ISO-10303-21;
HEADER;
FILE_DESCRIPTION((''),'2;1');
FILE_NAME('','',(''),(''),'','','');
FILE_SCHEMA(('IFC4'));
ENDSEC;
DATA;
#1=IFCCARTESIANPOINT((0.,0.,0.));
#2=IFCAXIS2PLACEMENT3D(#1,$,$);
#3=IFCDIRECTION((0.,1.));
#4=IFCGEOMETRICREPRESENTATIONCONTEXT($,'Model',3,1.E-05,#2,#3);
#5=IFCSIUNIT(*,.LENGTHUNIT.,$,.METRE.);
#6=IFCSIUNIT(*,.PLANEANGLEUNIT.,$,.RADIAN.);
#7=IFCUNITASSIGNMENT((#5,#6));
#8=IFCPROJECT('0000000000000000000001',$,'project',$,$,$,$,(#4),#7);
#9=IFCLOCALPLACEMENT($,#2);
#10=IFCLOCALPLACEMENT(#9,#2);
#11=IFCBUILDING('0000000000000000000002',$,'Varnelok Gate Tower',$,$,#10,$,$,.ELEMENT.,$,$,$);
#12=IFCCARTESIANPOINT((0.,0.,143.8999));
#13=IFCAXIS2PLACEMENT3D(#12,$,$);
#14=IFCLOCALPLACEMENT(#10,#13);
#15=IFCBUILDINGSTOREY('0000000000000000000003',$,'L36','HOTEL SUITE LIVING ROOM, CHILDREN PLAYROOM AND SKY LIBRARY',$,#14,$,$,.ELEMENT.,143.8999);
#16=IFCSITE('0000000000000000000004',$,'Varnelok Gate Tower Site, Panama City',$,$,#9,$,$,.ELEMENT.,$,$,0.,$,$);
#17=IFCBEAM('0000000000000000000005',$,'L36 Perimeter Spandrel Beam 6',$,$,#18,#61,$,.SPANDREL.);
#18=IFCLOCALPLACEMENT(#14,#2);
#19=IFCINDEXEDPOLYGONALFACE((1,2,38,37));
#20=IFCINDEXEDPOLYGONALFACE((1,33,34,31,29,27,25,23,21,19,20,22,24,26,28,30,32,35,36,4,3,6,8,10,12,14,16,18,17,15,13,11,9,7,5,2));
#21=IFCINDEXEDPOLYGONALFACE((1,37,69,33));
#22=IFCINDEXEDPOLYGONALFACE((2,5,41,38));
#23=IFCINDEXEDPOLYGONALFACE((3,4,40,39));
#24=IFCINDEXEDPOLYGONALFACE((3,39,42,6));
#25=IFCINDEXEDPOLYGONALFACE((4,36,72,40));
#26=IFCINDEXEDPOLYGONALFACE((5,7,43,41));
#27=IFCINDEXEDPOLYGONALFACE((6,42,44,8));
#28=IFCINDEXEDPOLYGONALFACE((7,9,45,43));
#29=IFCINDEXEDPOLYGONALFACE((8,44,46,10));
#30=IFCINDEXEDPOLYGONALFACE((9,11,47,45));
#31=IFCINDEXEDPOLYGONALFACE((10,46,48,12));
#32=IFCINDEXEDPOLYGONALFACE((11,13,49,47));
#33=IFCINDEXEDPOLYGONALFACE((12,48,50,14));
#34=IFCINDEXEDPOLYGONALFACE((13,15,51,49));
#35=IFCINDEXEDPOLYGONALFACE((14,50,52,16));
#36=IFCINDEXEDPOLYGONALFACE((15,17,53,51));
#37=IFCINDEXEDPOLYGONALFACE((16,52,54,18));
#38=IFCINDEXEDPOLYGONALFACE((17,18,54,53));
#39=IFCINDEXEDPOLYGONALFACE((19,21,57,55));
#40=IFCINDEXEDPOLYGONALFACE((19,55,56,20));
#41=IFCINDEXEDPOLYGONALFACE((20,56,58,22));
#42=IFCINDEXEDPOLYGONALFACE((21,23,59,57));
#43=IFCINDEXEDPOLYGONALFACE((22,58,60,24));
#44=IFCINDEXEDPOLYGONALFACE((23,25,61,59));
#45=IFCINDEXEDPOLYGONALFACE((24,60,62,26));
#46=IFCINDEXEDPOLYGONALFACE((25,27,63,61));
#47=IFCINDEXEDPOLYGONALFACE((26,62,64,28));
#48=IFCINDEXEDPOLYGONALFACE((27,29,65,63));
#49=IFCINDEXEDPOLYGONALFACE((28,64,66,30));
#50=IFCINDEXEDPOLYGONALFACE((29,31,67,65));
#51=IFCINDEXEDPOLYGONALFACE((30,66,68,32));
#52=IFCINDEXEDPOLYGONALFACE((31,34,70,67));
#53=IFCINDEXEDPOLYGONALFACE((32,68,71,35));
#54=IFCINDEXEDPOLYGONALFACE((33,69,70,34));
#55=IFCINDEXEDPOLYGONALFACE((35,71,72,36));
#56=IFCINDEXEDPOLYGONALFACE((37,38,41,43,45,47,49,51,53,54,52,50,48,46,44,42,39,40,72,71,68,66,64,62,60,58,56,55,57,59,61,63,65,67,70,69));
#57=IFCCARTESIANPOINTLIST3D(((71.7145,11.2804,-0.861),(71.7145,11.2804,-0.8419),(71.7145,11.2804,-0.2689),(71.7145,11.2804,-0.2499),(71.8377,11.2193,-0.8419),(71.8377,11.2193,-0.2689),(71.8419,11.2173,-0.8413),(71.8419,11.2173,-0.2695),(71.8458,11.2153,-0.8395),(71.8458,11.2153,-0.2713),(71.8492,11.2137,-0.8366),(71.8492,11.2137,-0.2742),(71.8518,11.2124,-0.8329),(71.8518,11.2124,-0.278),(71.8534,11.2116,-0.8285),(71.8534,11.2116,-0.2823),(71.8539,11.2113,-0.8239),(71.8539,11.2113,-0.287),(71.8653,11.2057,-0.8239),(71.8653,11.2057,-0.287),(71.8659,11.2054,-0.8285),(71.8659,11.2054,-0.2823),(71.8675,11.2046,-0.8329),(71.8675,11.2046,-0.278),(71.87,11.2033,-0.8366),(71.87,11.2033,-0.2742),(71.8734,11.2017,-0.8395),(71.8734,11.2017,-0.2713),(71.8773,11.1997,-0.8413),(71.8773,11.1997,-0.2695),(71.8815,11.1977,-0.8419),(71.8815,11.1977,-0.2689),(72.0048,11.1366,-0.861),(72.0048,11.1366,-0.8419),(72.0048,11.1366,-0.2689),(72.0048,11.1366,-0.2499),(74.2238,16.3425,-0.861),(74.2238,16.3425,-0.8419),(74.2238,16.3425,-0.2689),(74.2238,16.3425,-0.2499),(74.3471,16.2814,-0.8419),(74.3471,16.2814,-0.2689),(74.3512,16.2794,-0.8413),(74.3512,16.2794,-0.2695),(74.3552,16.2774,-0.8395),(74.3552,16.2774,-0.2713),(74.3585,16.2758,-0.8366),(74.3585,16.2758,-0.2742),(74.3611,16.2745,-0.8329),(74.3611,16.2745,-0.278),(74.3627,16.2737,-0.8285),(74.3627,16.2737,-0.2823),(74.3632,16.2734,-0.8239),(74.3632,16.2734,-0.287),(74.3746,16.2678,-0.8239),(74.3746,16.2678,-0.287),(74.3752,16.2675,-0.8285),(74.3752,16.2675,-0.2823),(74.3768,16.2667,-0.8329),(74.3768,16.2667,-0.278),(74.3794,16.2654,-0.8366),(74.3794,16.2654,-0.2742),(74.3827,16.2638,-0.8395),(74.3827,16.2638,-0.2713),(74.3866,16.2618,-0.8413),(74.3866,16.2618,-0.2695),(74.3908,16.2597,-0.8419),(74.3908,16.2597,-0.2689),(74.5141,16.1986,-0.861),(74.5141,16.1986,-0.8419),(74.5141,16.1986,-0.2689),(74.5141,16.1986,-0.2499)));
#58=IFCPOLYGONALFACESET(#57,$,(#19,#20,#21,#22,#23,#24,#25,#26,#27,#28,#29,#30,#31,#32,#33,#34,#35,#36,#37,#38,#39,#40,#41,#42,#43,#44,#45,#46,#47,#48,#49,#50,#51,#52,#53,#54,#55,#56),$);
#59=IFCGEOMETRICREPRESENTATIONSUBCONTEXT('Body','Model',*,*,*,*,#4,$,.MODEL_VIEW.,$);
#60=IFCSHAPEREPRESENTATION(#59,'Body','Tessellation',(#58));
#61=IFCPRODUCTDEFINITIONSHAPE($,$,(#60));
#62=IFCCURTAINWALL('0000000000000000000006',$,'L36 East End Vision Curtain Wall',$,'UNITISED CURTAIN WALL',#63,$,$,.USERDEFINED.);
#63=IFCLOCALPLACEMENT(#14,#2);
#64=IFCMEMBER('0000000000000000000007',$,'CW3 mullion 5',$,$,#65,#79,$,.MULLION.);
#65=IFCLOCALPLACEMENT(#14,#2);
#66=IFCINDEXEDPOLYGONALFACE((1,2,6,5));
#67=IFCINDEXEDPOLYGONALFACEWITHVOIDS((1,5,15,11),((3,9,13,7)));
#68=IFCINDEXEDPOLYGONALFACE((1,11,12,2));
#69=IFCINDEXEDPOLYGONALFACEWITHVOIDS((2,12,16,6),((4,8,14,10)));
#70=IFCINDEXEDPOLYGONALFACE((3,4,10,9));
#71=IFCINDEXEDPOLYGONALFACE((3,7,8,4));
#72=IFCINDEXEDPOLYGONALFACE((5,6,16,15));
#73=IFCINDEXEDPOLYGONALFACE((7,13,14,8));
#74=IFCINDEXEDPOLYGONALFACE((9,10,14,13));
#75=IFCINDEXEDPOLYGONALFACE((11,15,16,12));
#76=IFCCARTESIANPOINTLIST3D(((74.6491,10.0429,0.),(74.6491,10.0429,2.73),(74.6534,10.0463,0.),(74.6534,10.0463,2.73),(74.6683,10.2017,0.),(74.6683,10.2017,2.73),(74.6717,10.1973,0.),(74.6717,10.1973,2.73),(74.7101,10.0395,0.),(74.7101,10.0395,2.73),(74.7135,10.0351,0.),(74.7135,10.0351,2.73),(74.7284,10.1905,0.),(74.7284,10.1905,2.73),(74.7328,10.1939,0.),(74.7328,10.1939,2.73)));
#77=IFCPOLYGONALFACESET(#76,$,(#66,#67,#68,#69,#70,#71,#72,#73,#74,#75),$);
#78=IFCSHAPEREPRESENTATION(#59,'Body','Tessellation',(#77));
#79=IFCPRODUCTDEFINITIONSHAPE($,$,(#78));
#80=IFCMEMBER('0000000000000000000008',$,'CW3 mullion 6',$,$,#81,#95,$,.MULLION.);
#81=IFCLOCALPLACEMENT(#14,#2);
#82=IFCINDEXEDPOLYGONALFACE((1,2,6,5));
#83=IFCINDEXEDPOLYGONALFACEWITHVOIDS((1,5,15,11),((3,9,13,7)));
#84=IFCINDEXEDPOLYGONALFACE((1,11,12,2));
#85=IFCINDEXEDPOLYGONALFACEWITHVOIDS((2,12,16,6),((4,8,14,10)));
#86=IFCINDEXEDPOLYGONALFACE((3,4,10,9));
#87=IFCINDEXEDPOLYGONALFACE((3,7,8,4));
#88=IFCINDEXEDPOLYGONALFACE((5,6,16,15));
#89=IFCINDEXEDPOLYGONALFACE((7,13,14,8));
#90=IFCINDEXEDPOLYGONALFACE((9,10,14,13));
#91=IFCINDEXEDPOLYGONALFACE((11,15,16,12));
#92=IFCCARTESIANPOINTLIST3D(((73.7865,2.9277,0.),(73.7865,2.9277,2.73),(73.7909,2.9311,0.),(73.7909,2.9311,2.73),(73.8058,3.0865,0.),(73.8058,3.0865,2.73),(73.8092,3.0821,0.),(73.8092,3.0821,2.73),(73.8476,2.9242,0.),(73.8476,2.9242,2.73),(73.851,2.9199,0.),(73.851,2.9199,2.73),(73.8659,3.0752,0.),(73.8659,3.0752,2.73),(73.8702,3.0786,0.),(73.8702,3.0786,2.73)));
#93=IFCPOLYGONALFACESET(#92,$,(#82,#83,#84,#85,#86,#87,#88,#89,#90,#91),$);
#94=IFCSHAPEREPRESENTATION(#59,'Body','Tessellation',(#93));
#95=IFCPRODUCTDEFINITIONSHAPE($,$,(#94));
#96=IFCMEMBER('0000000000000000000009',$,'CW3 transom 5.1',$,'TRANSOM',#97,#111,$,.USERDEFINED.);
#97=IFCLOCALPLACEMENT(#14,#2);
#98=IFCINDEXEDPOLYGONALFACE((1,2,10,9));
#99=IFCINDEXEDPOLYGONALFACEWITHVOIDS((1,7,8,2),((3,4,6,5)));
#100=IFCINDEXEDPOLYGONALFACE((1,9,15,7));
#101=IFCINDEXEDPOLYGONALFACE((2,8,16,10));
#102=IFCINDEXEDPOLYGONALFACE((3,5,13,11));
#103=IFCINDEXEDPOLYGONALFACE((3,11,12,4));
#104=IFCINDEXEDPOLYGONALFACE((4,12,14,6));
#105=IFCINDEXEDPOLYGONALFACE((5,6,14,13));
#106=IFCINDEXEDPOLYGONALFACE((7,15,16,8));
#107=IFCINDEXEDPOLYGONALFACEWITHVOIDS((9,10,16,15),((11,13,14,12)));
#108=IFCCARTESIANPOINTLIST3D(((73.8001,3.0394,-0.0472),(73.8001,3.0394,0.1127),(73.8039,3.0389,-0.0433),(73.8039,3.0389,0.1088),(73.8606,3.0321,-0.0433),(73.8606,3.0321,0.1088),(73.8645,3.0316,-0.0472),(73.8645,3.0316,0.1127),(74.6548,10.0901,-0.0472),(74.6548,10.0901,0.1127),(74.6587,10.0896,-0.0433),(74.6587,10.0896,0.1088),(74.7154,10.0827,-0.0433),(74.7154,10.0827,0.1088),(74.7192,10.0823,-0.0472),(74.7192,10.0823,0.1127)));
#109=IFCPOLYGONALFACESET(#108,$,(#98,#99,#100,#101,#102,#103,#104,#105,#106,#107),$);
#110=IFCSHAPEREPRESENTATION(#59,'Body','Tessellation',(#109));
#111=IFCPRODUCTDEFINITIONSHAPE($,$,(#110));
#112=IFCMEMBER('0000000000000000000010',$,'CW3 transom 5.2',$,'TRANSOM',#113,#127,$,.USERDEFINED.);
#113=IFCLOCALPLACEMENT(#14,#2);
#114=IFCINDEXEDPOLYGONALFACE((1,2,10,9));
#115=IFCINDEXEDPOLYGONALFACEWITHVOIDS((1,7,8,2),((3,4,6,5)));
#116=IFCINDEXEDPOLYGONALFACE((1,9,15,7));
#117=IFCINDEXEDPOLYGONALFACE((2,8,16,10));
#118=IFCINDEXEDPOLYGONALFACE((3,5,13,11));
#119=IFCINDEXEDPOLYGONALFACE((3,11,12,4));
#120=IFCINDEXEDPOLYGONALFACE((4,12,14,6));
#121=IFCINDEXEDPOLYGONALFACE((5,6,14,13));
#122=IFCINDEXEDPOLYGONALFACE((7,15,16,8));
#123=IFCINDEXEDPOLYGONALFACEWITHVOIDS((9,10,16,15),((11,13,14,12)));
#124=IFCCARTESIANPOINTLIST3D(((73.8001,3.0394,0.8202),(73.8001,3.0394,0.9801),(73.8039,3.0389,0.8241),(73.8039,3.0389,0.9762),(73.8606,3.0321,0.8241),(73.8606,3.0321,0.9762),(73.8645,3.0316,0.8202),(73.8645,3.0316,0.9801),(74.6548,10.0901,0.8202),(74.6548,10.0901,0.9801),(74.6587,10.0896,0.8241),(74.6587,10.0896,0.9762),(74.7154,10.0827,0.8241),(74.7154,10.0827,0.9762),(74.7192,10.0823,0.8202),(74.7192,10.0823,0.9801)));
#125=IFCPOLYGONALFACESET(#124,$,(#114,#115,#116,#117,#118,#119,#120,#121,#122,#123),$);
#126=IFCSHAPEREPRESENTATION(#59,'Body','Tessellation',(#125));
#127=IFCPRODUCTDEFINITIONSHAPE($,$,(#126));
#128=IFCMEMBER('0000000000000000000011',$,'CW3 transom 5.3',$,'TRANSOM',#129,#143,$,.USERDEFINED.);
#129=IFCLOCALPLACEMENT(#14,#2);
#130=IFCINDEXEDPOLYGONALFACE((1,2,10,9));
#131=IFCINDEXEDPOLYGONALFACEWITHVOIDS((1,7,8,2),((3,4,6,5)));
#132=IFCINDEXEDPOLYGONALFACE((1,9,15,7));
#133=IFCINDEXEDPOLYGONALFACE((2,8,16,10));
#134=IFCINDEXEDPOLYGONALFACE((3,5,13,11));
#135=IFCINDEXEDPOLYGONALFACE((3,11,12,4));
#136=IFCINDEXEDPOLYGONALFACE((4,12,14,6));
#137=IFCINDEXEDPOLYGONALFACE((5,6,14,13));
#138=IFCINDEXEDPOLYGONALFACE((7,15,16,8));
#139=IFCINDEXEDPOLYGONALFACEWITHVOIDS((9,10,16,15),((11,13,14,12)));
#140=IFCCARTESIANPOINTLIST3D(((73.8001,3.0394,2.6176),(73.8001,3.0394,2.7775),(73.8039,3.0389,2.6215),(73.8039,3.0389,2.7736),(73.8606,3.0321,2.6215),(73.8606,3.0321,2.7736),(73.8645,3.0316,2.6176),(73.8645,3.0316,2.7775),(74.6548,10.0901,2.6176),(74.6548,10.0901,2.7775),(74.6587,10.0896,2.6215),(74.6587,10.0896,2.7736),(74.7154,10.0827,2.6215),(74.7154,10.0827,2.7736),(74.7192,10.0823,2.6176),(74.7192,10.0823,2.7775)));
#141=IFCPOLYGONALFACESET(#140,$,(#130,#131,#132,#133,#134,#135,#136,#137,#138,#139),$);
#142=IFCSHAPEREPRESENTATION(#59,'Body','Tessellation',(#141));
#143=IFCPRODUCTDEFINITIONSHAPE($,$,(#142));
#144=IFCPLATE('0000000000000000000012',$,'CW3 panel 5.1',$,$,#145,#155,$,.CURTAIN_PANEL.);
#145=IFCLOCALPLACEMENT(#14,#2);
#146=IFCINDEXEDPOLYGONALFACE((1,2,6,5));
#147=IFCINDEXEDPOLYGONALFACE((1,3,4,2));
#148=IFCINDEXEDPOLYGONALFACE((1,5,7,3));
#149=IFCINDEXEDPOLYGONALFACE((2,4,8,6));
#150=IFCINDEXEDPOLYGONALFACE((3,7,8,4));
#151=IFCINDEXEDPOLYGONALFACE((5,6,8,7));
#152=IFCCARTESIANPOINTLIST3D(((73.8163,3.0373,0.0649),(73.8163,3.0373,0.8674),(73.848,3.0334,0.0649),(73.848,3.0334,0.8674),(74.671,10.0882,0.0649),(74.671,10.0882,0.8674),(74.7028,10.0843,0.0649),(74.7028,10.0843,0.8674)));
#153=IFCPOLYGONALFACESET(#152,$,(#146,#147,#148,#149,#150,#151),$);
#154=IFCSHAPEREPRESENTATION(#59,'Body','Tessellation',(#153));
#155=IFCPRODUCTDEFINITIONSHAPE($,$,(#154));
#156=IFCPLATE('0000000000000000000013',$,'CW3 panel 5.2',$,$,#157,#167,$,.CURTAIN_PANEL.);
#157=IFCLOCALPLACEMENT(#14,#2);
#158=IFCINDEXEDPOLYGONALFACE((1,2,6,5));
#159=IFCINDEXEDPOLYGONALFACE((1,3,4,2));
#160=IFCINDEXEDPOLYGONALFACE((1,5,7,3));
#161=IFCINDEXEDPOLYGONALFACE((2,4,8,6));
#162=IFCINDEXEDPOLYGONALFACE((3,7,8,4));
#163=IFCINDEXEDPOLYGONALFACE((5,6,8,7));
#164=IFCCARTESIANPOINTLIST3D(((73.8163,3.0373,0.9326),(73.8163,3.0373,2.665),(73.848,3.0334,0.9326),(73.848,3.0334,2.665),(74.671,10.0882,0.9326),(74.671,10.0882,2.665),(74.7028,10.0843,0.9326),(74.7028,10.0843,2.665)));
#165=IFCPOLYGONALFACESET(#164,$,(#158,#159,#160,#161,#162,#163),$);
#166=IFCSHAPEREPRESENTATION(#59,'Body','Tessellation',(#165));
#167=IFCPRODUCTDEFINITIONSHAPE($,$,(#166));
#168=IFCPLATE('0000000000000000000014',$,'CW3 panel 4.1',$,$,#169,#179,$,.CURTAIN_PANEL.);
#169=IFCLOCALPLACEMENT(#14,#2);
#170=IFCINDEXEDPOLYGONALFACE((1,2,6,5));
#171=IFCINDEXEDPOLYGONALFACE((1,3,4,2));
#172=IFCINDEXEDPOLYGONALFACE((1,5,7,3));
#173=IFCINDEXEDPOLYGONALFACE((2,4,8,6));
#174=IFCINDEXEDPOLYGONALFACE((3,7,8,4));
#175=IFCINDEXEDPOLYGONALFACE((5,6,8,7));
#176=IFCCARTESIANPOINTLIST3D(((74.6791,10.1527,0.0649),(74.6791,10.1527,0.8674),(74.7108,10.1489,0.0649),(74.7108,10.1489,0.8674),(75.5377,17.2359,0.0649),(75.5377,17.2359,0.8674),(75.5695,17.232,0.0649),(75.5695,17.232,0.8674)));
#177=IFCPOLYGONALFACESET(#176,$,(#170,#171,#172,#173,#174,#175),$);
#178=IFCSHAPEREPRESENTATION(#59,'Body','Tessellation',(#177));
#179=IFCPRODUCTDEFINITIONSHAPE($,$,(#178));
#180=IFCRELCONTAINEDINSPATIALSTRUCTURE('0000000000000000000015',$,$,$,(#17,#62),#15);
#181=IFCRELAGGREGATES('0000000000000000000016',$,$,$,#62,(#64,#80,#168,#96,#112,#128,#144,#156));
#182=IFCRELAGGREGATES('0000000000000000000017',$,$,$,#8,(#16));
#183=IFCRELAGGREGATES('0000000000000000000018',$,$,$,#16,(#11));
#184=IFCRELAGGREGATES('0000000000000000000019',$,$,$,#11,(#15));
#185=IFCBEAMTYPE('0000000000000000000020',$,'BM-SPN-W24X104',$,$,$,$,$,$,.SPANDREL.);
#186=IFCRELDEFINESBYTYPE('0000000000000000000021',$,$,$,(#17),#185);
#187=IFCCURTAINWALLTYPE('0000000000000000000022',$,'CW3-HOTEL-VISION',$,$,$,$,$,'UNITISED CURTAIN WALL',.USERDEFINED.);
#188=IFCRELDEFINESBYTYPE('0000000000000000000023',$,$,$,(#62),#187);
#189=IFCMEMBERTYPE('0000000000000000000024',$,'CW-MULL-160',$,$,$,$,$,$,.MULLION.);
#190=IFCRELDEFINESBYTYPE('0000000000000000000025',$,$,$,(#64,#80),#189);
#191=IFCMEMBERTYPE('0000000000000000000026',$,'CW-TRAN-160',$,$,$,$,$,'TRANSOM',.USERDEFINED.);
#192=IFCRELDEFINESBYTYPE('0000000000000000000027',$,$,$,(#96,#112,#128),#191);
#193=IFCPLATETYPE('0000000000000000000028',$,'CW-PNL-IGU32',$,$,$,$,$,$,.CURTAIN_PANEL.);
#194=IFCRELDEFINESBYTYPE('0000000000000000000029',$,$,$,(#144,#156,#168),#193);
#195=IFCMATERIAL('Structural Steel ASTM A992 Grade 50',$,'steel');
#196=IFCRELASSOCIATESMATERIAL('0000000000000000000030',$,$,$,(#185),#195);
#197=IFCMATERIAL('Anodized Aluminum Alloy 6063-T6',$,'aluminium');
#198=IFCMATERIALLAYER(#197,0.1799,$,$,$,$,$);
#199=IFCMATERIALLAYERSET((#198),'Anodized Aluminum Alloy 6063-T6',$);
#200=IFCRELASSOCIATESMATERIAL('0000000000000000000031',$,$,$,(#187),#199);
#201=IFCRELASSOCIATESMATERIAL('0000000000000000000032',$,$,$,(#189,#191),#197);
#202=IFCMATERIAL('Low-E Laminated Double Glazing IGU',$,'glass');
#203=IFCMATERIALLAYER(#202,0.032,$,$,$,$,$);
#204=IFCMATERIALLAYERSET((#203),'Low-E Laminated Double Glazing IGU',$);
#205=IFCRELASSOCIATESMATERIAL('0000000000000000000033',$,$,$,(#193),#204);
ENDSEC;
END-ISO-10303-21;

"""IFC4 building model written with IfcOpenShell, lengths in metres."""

from ifc_helpers import new_model, si_unit, direction, frame, origin, origin_2d, place, context, subcontext, project, spatial, rectangle, hollow_rectangle, i_section, extrude, source, transform, mapped, material, layer, layer_set, material_profile, profile_set, type_object, element, aggregate, save


model = new_model("IFC4")

# Units and contexts
model_context = context("Model", 3, precision=1e-05, world=origin(), true_north=direction((0.0, 1.0)))
body_context = subcontext(model_context, "Body", "Model", "MODEL_VIEW")
ifc_project = project(units=[si_unit("LENGTHUNIT", "METRE"), si_unit("PLANEANGLEUNIT", "RADIAN")], contexts=[model_context])

# Site, building, storey
site_placement = place(None, origin())
site = spatial("IfcSite", under=ifc_project, at=site_placement, Name="Varnelok Gate Tower Site, Panama City", CompositionType="ELEMENT", RefElevation=0.0)
building_placement = place(site_placement, origin())
building = spatial("IfcBuilding", under=site, at=building_placement, Name="Varnelok Gate Tower", CompositionType="ELEMENT")
storey_placement = place(building_placement, frame((0.0, 0.0, 143.8999)))
storey = spatial("IfcBuildingStorey", under=building, at=storey_placement, Name="L36", Description="HOTEL SUITE LIVING ROOM, CHILDREN PLAYROOM AND SKY LIBRARY", CompositionType="ELEMENT", Elevation=143.8999)

# Shared definitions
ifc_material_1 = material(Name="Structural Steel ASTM A992 Grade 50", Category="steel")

# Beam
ifc_material_profile_1 = material_profile(ifc_material_1, i_section(OverallWidth=0.324, OverallDepth=0.6111, WebThickness=0.0127, FlangeThickness=0.019, FilletRadius=0.0181, at=origin_2d()), Name="W24X104")
ifc_profile_set_1 = profile_set([ifc_material_profile_1], Name="Structural Steel ASTM A992 Grade 50")
beam_type_1 = type_object("IfcBeamType", Name="BM-SPN-W24X104", PredefinedType="SPANDREL", material=ifc_profile_set_1)
beam_1_placement = place(storey_placement, frame((71.8596, 11.2085, -0.5554), z_axis=(0.444134, 0.89596, 0.0), x_axis=(-0.89596, 0.444134, 0.0)))
element("IfcBeam", 1, at=beam_1_placement, inside=storey, type_object=beam_type_1, Name="L36 Perimeter Spandrel Beam 6", PredefinedType="SPANDREL", context=body_context, shape_type="SweptSolid", body=[
    extrude(i_section(OverallWidth=0.324, OverallDepth=0.6111, WebThickness=0.0127, FlangeThickness=0.019, FilletRadius=0.0181, at=origin_2d()), origin(), (0.0, 0.0, 1.0), 5.6499),
])

# Curtain wall, members, plates
ifc_material_2 = material(Name="Anodized Aluminum Alloy 6063-T6", Category="aluminium")
ifc_layer_1 = layer(ifc_material_2, 0.1799)
ifc_layer_set_1 = layer_set([ifc_layer_1], Name="Anodized Aluminum Alloy 6063-T6")
curtain_wall_type = type_object("IfcCurtainWallType", Name="CW3-HOTEL-VISION", ElementType="UNITISED CURTAIN WALL", PredefinedType="USERDEFINED", material=ifc_layer_set_1)
curtain_wall_placement = place(storey_placement, origin())
curtain_wall = element("IfcCurtainWall", 2, at=curtain_wall_placement, inside=storey, type_object=curtain_wall_type, Name="L36 East End Vision Curtain Wall", ObjectType="UNITISED CURTAIN WALL", PredefinedType="USERDEFINED")
ifc_material_profile_2 = material_profile(ifc_material_2, hollow_rectangle(XDim=0.0649, YDim=0.1599, WallThickness=0.0039, at=origin_2d()), Name="ALU160X65X4")
ifc_profile_set_2 = profile_set([ifc_material_profile_2], Name="Anodized Aluminum Alloy 6063-T6")
member_type_1 = type_object("IfcMemberType", Name="CW-MULL-160", PredefinedType="MULLION", material=ifc_profile_set_2)
member_1_placement = place(storey_placement, frame((74.6909, 10.1184, 0.0), z_axis=(0.0, 0.0, 1.0), x_axis=(0.992732, -0.120347, 0.0)))
member_1 = element("IfcMember", 3, at=member_1_placement, type_object=member_type_1, Name="CW3 mullion 5", PredefinedType="MULLION", context=body_context, shape_type="SweptSolid", body=[
    extrude(hollow_rectangle(XDim=0.0649, YDim=0.1599, WallThickness=0.0039, at=origin_2d()), origin(), (0.0, 0.0, 1.0), 2.73),
])
member_2_placement = place(storey_placement, frame((73.8284, 3.0032, 0.0), z_axis=(0.0, 0.0, 1.0), x_axis=(0.992732, -0.120347, 0.0)))
member_2 = element("IfcMember", 4, at=member_2_placement, type_object=member_type_1, Name="CW3 mullion 6", PredefinedType="MULLION", context=body_context, shape_type="SweptSolid", body=[
    extrude(hollow_rectangle(XDim=0.0649, YDim=0.1599, WallThickness=0.0039, at=origin_2d()), origin(), (0.0, 0.0, 1.0), 2.73),
])
ifc_material_profile_3 = material_profile(ifc_material_2, hollow_rectangle(XDim=0.0649, YDim=0.1599, WallThickness=0.0039, at=origin_2d()), Name="ALU160X65X4")
ifc_profile_set_3 = profile_set([ifc_material_profile_3], Name="Anodized Aluminum Alloy 6063-T6")
member_type_2 = type_object("IfcMemberType", Name="CW-TRAN-160", ElementType="TRANSOM", PredefinedType="USERDEFINED", material=ifc_profile_set_3)
member_3_placement = place(storey_placement, frame((74.687, 10.0862, 0.0327), z_axis=(-0.120345, -0.992732, 0.0), x_axis=(0.992732, -0.120345, 0.0)))
member_3 = element("IfcMember", 5, at=member_3_placement, type_object=member_type_2, Name="CW3 transom 5.1", ObjectType="TRANSOM", PredefinedType="USERDEFINED", context=body_context, shape_type="SweptSolid", body=[
    extrude(hollow_rectangle(XDim=0.0649, YDim=0.1599, WallThickness=0.0039, at=origin_2d()), origin(), (0.0, 0.0, 1.0), 7.1023),
])
member_4_placement = place(storey_placement, frame((74.687, 10.0862, 0.9001), z_axis=(-0.120345, -0.992732, 0.0), x_axis=(0.992732, -0.120345, 0.0)))
member_4 = element("IfcMember", 6, at=member_4_placement, type_object=member_type_2, Name="CW3 transom 5.2", ObjectType="TRANSOM", PredefinedType="USERDEFINED", context=body_context, shape_type="SweptSolid", body=[
    extrude(hollow_rectangle(XDim=0.0649, YDim=0.1599, WallThickness=0.0039, at=origin_2d()), origin(), (0.0, 0.0, 1.0), 7.1023),
])
member_5_placement = place(storey_placement, frame((74.687, 10.0862, 2.6975), z_axis=(-0.120345, -0.992732, 0.0), x_axis=(0.992732, -0.120345, 0.0)))
member_5 = element("IfcMember", 7, at=member_5_placement, type_object=member_type_2, Name="CW3 transom 5.3", ObjectType="TRANSOM", PredefinedType="USERDEFINED", context=body_context, shape_type="SweptSolid", body=[
    extrude(hollow_rectangle(XDim=0.0649, YDim=0.1599, WallThickness=0.0039, at=origin_2d()), origin(), (0.0, 0.0, 1.0), 7.1023),
])
ifc_material_3 = material(Name="Low-E Laminated Double Glazing IGU", Category="glass")
ifc_layer_2 = layer(ifc_material_3, 0.032)
ifc_layer_set_2 = layer_set([ifc_layer_2], Name="Low-E Laminated Double Glazing IGU")
plate_type = type_object("IfcPlateType", Name="CW-PNL-IGU32", PredefinedType="CURTAIN_PANEL", material=ifc_layer_set_2)
shared_shape_1 = source(origin(), body_context, "Body", "SweptSolid", [
    extrude(rectangle(XDim=7.1025, YDim=0.032, at=origin_2d()), origin(), (0.0, 0.0, 1.0), 0.8025),
])
plate_1_placement = place(storey_placement, frame((74.2595, 6.5608, 0.0649), z_axis=(0.0, 0.0, 1.0), x_axis=(-0.120347, -0.992732, 0.0)))
plate_1 = element("IfcPlate", 8, at=plate_1_placement, type_object=plate_type, Name="CW3 panel 5.1", PredefinedType="CURTAIN_PANEL", context=body_context, shape_type="MappedRepresentation", body=[
    mapped(shared_shape_1, transform((0.0, 0.0, 0.0), scale=1.0)),
])
shared_shape_2 = source(origin(), body_context, "Body", "SweptSolid", [
    extrude(rectangle(XDim=7.1025, YDim=0.032, at=origin_2d()), origin(), (0.0, 0.0, 1.0), 1.7324),
])
plate_2_placement = place(storey_placement, frame((74.2595, 6.5608, 0.9326), z_axis=(0.0, 0.0, 1.0), x_axis=(-0.120347, -0.992732, 0.0)))
plate_2 = element("IfcPlate", 9, at=plate_2_placement, type_object=plate_type, Name="CW3 panel 5.2", PredefinedType="CURTAIN_PANEL", context=body_context, shape_type="MappedRepresentation", body=[
    mapped(shared_shape_2, transform((0.0, 0.0, 0.0), scale=1.0)),
])
shared_shape_3 = source(origin(), body_context, "Body", "SweptSolid", [
    extrude(rectangle(XDim=7.135, YDim=0.032, at=origin_2d()), origin(), (0.0, 0.0, 1.0), 0.8025),
])
plate_3_placement = place(storey_placement, frame((75.1243, 13.6924, 0.0649), z_axis=(0.0, 0.0, 1.0), x_axis=(-0.120347, -0.992732, 0.0)))
plate_3 = element("IfcPlate", 10, at=plate_3_placement, type_object=plate_type, Name="CW3 panel 4.1", PredefinedType="CURTAIN_PANEL", context=body_context, shape_type="MappedRepresentation", body=[
    mapped(shared_shape_3, transform((0.0, 0.0, 0.0), scale=1.0)),
])
aggregate(curtain_wall, [member_1, member_2, plate_3, member_3, member_4, member_5, plate_1, plate_2])

save(model, "model.ifc")
